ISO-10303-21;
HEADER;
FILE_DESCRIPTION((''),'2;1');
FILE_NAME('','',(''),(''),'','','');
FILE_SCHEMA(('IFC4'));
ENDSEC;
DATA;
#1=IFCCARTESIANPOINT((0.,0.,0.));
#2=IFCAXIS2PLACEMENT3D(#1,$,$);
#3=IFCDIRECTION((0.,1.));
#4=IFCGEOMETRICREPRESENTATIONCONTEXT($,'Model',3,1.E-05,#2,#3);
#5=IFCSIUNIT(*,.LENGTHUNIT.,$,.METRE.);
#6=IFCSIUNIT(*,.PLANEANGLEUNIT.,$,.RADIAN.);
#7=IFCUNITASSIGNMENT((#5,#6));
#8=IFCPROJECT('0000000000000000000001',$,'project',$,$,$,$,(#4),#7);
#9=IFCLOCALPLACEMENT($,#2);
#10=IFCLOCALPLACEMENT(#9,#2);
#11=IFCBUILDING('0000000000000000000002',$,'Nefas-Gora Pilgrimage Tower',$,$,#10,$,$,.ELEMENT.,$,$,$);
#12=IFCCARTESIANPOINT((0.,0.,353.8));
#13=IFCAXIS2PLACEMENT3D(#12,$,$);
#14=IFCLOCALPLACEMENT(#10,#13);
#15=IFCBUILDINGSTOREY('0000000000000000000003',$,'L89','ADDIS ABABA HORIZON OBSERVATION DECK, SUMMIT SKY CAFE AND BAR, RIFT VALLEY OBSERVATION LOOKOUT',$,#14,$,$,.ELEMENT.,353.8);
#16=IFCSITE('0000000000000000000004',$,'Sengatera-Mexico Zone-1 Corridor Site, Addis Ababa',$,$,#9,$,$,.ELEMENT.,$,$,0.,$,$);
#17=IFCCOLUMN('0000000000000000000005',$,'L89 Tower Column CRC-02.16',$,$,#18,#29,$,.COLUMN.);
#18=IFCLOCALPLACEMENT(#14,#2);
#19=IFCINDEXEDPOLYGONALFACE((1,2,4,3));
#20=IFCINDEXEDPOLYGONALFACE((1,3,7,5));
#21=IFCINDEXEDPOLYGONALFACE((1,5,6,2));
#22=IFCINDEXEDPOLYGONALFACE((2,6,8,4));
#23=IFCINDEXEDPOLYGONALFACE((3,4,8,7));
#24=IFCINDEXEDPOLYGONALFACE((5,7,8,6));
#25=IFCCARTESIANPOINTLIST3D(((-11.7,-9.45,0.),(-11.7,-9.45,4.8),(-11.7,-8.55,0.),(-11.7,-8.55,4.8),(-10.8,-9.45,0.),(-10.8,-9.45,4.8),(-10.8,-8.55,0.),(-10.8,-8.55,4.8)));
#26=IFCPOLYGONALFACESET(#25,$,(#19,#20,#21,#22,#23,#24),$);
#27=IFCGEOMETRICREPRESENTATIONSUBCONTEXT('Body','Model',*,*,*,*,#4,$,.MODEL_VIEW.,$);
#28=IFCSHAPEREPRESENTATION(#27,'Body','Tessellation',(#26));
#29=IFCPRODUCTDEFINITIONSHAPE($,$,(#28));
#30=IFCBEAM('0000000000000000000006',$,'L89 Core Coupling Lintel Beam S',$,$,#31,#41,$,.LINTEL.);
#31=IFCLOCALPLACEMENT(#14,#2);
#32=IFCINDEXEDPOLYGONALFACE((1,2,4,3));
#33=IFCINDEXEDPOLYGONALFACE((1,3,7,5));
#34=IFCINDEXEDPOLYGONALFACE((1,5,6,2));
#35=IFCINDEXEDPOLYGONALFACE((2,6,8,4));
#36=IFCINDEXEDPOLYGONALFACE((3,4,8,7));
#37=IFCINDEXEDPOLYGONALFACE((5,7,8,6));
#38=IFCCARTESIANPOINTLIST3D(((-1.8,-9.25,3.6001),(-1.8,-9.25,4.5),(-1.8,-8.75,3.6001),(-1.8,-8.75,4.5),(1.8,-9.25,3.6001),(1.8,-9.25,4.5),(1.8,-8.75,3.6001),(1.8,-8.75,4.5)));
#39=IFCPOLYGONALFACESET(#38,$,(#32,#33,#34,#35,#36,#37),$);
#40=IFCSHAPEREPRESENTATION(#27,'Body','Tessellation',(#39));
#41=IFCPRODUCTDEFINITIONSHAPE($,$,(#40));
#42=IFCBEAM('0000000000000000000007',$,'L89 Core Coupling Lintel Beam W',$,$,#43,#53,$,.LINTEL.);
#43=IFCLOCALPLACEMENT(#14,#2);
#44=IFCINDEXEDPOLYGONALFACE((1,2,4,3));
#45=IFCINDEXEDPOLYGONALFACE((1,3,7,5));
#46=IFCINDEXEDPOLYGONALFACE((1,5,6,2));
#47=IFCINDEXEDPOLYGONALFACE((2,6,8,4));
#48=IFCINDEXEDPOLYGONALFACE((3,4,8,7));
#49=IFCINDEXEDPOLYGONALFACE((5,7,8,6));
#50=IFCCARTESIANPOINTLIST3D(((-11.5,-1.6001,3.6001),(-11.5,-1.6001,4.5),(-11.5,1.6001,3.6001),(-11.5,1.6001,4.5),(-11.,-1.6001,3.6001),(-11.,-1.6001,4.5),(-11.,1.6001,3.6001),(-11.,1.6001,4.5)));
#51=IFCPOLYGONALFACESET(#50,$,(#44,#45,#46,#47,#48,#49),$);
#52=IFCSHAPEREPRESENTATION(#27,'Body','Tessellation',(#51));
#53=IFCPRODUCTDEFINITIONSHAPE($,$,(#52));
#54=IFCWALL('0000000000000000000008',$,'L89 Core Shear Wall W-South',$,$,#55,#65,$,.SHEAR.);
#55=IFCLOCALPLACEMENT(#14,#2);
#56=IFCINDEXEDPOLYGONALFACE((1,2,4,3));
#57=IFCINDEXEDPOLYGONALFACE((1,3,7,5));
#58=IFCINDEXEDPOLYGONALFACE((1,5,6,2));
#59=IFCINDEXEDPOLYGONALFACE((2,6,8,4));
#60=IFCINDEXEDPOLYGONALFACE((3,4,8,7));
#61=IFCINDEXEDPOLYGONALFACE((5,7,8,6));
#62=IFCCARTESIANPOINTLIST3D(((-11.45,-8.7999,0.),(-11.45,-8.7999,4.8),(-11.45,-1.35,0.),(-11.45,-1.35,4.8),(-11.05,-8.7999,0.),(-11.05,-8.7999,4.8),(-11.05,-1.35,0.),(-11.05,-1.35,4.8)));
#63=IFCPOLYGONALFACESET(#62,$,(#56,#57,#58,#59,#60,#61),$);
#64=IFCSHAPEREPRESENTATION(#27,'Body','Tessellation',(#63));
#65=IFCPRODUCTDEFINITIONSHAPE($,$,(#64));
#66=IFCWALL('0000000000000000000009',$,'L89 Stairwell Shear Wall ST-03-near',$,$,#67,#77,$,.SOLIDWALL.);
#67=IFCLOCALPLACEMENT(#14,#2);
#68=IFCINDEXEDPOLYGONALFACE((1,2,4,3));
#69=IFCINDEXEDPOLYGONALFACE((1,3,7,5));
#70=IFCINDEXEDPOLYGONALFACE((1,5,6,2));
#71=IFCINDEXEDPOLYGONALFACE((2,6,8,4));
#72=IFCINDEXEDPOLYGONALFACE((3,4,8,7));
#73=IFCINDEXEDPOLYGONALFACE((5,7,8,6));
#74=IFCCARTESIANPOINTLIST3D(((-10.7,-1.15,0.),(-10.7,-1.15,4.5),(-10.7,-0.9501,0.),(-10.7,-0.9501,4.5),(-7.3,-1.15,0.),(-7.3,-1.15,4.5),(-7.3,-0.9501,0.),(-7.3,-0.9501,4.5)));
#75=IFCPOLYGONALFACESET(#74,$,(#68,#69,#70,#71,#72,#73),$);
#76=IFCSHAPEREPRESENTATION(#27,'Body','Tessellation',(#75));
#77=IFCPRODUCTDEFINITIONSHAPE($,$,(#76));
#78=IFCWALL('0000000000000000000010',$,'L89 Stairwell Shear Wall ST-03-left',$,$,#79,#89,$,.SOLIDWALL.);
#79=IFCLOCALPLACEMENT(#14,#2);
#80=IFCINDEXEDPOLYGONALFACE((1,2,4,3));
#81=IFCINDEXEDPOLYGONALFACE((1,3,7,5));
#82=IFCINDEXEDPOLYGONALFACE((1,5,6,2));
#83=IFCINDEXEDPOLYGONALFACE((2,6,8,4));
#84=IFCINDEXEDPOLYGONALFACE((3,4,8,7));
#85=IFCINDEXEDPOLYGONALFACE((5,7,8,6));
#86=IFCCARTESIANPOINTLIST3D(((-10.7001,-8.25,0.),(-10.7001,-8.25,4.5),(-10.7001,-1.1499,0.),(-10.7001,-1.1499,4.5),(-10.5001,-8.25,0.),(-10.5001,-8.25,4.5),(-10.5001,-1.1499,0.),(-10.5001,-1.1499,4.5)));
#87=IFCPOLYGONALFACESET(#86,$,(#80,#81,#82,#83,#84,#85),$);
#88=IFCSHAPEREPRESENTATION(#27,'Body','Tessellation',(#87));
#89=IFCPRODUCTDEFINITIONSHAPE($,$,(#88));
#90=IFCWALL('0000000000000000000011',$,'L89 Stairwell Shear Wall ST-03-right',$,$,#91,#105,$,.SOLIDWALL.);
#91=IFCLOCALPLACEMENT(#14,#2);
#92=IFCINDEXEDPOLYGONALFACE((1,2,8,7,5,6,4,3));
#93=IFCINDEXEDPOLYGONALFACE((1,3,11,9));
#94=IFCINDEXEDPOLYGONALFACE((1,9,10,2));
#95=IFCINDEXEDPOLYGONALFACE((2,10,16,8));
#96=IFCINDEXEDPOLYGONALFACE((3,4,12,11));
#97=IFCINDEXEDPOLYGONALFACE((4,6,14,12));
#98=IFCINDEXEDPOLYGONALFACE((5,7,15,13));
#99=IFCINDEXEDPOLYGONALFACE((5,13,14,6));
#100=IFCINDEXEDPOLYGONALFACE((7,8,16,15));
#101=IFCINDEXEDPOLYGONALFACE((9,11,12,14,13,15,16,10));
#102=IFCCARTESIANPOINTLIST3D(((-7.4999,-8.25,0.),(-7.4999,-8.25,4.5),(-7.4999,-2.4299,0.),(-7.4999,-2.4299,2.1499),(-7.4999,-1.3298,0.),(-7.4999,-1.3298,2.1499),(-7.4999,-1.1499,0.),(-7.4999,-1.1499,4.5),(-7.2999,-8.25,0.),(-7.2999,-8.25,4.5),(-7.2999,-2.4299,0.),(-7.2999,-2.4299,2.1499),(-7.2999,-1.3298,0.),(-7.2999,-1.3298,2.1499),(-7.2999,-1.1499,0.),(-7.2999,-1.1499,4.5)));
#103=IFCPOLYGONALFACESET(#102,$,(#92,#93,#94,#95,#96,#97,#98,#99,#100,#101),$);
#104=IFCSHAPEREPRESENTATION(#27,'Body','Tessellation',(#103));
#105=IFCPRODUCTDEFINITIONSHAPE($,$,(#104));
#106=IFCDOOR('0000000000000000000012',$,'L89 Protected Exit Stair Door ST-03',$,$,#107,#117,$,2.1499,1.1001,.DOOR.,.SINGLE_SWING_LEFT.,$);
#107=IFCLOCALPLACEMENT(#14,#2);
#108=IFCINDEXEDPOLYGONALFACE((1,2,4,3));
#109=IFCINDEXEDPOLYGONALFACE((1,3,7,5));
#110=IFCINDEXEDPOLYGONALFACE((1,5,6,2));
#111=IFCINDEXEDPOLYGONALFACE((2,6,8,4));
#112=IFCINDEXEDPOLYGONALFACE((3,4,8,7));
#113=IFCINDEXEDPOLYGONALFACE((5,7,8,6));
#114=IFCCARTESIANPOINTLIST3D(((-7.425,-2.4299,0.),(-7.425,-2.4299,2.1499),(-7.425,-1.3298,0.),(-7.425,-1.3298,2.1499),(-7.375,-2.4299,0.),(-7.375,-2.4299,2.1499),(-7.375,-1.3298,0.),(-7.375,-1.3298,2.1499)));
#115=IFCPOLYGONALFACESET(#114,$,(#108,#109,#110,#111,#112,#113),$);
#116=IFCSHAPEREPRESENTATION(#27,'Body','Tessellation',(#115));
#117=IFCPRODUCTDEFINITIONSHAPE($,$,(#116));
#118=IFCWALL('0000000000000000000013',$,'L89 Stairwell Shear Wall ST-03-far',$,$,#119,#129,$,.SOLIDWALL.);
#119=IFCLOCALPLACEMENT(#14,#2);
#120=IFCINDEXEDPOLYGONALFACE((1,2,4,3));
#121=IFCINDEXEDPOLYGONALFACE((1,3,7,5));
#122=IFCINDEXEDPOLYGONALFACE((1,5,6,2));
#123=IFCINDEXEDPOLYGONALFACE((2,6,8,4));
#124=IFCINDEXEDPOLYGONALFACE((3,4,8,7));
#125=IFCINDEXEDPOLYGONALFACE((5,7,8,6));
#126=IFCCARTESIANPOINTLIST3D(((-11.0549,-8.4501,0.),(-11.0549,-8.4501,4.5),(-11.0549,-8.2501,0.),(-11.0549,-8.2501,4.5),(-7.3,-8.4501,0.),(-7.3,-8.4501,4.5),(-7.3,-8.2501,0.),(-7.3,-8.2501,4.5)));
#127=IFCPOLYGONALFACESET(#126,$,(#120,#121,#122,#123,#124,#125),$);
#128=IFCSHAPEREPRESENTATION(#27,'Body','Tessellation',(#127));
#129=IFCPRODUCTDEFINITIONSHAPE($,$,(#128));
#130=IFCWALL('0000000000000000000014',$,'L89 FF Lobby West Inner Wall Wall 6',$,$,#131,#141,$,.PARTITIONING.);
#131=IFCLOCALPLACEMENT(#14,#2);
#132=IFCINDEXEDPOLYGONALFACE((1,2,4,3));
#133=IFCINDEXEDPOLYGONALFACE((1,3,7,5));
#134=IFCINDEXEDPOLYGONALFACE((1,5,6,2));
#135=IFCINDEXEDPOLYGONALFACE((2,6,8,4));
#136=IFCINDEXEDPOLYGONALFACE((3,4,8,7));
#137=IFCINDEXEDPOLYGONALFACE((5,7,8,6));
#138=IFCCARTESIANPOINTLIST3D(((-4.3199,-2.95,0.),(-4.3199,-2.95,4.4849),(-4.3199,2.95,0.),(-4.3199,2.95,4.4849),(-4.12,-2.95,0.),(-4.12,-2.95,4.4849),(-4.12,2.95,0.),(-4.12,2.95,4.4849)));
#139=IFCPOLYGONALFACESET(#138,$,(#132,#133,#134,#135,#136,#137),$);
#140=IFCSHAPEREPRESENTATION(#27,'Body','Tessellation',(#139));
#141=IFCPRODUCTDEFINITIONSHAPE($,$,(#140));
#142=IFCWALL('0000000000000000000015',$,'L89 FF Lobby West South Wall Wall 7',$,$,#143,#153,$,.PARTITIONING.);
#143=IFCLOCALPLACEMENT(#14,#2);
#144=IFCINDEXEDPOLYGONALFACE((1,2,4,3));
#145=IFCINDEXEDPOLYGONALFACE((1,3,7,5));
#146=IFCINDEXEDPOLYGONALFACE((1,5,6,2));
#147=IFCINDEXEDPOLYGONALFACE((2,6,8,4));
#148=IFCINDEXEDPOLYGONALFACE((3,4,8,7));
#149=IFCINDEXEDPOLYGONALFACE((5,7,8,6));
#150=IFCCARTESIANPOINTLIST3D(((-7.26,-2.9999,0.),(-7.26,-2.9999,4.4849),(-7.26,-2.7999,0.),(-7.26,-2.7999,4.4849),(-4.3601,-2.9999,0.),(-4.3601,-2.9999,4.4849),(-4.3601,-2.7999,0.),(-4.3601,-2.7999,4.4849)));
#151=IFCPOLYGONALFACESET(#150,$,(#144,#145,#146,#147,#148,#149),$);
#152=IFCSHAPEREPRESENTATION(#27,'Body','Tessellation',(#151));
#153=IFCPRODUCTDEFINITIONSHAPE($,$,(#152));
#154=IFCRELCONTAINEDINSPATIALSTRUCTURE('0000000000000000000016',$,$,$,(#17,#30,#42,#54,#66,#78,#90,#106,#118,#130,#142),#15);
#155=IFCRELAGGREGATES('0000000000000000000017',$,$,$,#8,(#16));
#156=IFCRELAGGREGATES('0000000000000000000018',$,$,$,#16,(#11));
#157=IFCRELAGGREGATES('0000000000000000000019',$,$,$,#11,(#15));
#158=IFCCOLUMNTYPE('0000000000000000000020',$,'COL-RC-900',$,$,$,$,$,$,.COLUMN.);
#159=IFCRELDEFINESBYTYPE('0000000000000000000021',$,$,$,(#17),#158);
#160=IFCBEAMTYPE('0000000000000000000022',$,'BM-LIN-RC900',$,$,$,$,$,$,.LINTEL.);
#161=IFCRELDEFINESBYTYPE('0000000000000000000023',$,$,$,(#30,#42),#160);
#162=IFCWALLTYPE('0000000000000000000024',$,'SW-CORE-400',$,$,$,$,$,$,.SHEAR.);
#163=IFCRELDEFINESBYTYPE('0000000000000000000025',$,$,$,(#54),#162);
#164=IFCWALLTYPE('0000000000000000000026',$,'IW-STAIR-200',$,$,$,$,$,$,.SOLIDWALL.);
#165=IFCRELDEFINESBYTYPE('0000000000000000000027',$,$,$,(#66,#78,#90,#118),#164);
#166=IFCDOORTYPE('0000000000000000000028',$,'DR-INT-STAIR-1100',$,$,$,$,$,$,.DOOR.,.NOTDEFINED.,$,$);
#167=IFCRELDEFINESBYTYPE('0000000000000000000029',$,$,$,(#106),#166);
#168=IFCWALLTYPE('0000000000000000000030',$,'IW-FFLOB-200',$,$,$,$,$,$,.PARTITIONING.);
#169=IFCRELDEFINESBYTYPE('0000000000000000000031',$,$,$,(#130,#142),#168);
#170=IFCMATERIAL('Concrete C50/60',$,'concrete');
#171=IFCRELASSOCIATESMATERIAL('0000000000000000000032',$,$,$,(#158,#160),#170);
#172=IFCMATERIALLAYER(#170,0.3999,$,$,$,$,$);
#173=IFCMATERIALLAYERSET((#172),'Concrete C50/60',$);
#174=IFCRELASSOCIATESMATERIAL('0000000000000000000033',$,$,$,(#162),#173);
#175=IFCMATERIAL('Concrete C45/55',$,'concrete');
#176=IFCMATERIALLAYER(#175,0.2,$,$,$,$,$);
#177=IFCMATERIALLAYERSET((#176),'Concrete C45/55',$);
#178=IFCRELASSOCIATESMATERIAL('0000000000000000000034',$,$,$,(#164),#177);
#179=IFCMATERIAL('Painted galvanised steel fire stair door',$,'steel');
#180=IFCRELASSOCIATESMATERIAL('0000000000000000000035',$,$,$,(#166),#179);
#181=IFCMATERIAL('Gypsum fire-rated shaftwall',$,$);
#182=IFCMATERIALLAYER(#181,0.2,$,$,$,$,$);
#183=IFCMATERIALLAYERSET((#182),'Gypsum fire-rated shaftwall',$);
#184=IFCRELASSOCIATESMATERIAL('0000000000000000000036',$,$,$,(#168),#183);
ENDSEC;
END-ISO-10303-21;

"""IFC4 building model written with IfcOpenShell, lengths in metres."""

from ifc_helpers import new_model, si_unit, direction, frame, frame_2d, origin, origin_2d, place, context, subcontext, project, spatial, rectangle, extrude, source, transform, mapped, material, layer, layer_set, material_profile, profile_set, type_object, element, fill, save


model = new_model("IFC4")

# Units and contexts
model_context = context("Model", 3, precision=1e-05, world=origin(), true_north=direction((0.0, 1.0)))
body_context = subcontext(model_context, "Body", "Model", "MODEL_VIEW")
ifc_project = project(units=[si_unit("LENGTHUNIT", "METRE"), si_unit("PLANEANGLEUNIT", "RADIAN")], contexts=[model_context])

# Site, building, storey
site_placement = place(None, origin())
site = spatial("IfcSite", under=ifc_project, at=site_placement, Name="Sengatera-Mexico Zone-1 Corridor Site, Addis Ababa", CompositionType="ELEMENT", RefElevation=0.0)
building_placement = place(site_placement, origin())
building = spatial("IfcBuilding", under=site, at=building_placement, Name="Nefas-Gora Pilgrimage Tower", CompositionType="ELEMENT")
storey_placement = place(building_placement, frame((0.0, 0.0, 353.8)))
storey = spatial("IfcBuildingStorey", under=building, at=storey_placement, Name="L89", Description="ADDIS ABABA HORIZON OBSERVATION DECK, SUMMIT SKY CAFE AND BAR, RIFT VALLEY OBSERVATION LOOKOUT", CompositionType="ELEMENT", Elevation=353.8)

# Column
ifc_material_1 = material(Name="Concrete C50/60", Category="concrete")
ifc_material_profile_1 = material_profile(ifc_material_1, rectangle(XDim=0.8999, YDim=0.8999, at=origin_2d()), Name="RC 900x900")
ifc_profile_set_1 = profile_set([ifc_material_profile_1], Name="Concrete C50/60")
column_type = type_object("IfcColumnType", Name="COL-RC-900", PredefinedType="COLUMN", material=ifc_profile_set_1)
shared_shape_1 = source(origin(), body_context, "Body", "SweptSolid", [
    extrude(rectangle(XDim=0.8999, YDim=0.8999, at=origin_2d()), origin(), (0.0, 0.0, 1.0), 4.8),
])
column_placement = place(storey_placement, frame((-11.25, -9.0, 0.0), z_axis=(0.0, 0.0, 1.0), x_axis=(1.0, 0.0, 0.0)))
element("IfcColumn", 1, at=column_placement, inside=storey, type_object=column_type, Name="L89 Tower Column CRC-02.16", PredefinedType="COLUMN", context=body_context, shape_type="MappedRepresentation", body=[
    mapped(shared_shape_1, transform((0.0, 0.0, 0.0), x_axis=(1.0, 0.0, 0.0), y_axis=(0.0, 1.0, 0.0), z_axis=(0.0, 0.0, 1.0), scale=1.0)),
])

# Beams
ifc_material_profile_2 = material_profile(ifc_material_1, rectangle(XDim=0.5, YDim=0.8999, at=origin_2d()), Name="RC 500x900")
ifc_profile_set_2 = profile_set([ifc_material_profile_2], Name="Concrete C50/60")
beam_type = type_object("IfcBeamType", Name="BM-LIN-RC900", PredefinedType="LINTEL", material=ifc_profile_set_2)
shared_shape_2 = source(origin(), body_context, "Body", "SweptSolid", [
    extrude(rectangle(XDim=0.5, YDim=0.8999, at=origin_2d()), origin(), (0.0, 0.0, 1.0), 3.6001),
])
beam_1_placement = place(storey_placement, frame((-1.8, -9.0, 4.05), z_axis=(1.0, 0.0, 0.0), x_axis=(0.0, 1.0, 0.0)))
element("IfcBeam", 2, at=beam_1_placement, inside=storey, type_object=beam_type, Name="L89 Core Coupling Lintel Beam S", PredefinedType="LINTEL", context=body_context, shape_type="MappedRepresentation", body=[
    mapped(shared_shape_2, transform((0.0, 0.0, 0.0), x_axis=(1.0, 0.0, 0.0), y_axis=(0.0, 1.0, 0.0), z_axis=(0.0, 0.0, 1.0), scale=1.0)),
])
shared_shape_3 = source(origin(), body_context, "Body", "SweptSolid", [
    extrude(rectangle(XDim=0.5, YDim=0.8999, at=origin_2d()), origin(), (0.0, 0.0, 1.0), 3.2002),
])
beam_2_placement = place(storey_placement, frame((-11.25, -1.6001, 4.05), z_axis=(0.0, 1.0, 0.0), x_axis=(-1.0, 0.0, 0.0)))
element("IfcBeam", 3, at=beam_2_placement, inside=storey, type_object=beam_type, Name="L89 Core Coupling Lintel Beam W", PredefinedType="LINTEL", context=body_context, shape_type="MappedRepresentation", body=[
    mapped(shared_shape_3, transform((0.0, 0.0, 0.0), x_axis=(1.0, 0.0, 0.0), y_axis=(0.0, 1.0, 0.0), z_axis=(0.0, 0.0, 1.0), scale=1.0)),
])

# Walls
ifc_layer_1 = layer(ifc_material_1, 0.3999)
ifc_layer_set_1 = layer_set([ifc_layer_1], Name="Concrete C50/60")
wall_type_1 = type_object("IfcWallType", Name="SW-CORE-400", PredefinedType="SHEAR", material=ifc_layer_set_1)
shared_shape_4 = source(origin(), body_context, "Body", "SweptSolid", [
    extrude(rectangle(XDim=7.45, YDim=0.3999, at=frame_2d((3.7251, 0.0))), origin(), (0.0, 0.0, 1.0), 4.8),
])
wall_1_placement = place(storey_placement, frame((-11.25, -8.8, 0.0), z_axis=(0.0, 0.0, 1.0), x_axis=(0.0, 1.0, 0.0)))
element("IfcWall", 4, at=wall_1_placement, inside=storey, type_object=wall_type_1, Name="L89 Core Shear Wall W-South", PredefinedType="SHEAR", context=body_context, shape_type="MappedRepresentation", body=[
    mapped(shared_shape_4, transform((0.0, 0.0, 0.0), x_axis=(1.0, 0.0, 0.0), y_axis=(0.0, 1.0, 0.0), z_axis=(0.0, 0.0, 1.0), scale=1.0)),
])
ifc_material_2 = material(Name="Concrete C45/55", Category="concrete")
ifc_layer_2 = layer(ifc_material_2, 0.2)
ifc_layer_set_2 = layer_set([ifc_layer_2], Name="Concrete C45/55")
wall_type_2 = type_object("IfcWallType", Name="IW-STAIR-200", PredefinedType="SOLIDWALL", material=ifc_layer_set_2)
shared_shape_5 = source(origin(), body_context, "Body", "SweptSolid", [
    extrude(rectangle(XDim=3.3999, YDim=0.2, at=frame_2d((1.7, 0.0))), origin(), (0.0, 0.0, 1.0), 4.5),
])
wall_2_placement = place(storey_placement, frame((-10.7, -1.05, 0.0), z_axis=(0.0, 0.0, 1.0), x_axis=(1.0, 0.0, 0.0)))
element("IfcWall", 5, at=wall_2_placement, inside=storey, type_object=wall_type_2, Name="L89 Stairwell Shear Wall ST-03-near", PredefinedType="SOLIDWALL", context=body_context, shape_type="MappedRepresentation", body=[
    mapped(shared_shape_5, transform((0.0, 0.0, 0.0), x_axis=(1.0, 0.0, 0.0), y_axis=(0.0, 1.0, 0.0), z_axis=(0.0, 0.0, 1.0), scale=1.0)),
])
shared_shape_6 = source(origin(), body_context, "Body", "SweptSolid", [
    extrude(rectangle(XDim=7.1001, YDim=0.2, at=frame_2d((3.55, 0.0))), origin(), (0.0, 0.0, 1.0), 4.5),
])
wall_3_placement = place(storey_placement, frame((-10.6001, -1.1499, 0.0), z_axis=(0.0, 0.0, 1.0), x_axis=(0.0, -1.0, 0.0)))
element("IfcWall", 6, at=wall_3_placement, inside=storey, type_object=wall_type_2, Name="L89 Stairwell Shear Wall ST-03-left", PredefinedType="SOLIDWALL", context=body_context, shape_type="MappedRepresentation", body=[
    mapped(shared_shape_6, transform((0.0, 0.0, 0.0), x_axis=(1.0, 0.0, 0.0), y_axis=(0.0, 1.0, 0.0), z_axis=(0.0, 0.0, 1.0), scale=1.0)),
])

# Wall, opening, door
wall_4_placement = place(storey_placement, frame((-7.3999, -1.1499, 0.0), z_axis=(0.0, 0.0, 1.0), x_axis=(0.0, -1.0, 0.0)))
wall_4 = element("IfcWall", 7, at=wall_4_placement, inside=storey, type_object=wall_type_2, Name="L89 Stairwell Shear Wall ST-03-right", PredefinedType="SOLIDWALL", context=body_context, shape_type="MappedRepresentation", body=[
    mapped(shared_shape_6, transform((0.0, 0.0, 0.0), x_axis=(1.0, 0.0, 0.0), y_axis=(0.0, 1.0, 0.0), z_axis=(0.0, 0.0, 1.0), scale=1.0)),
])
opening_1_placement = place(wall_4_placement, frame((0.1799, 0.0, 0.0)))
opening_1 = element("IfcOpeningElement", 8, at=opening_1_placement, cuts=wall_4, PredefinedType="OPENING", context=body_context, shape_type="SweptSolid", body=[
    extrude(rectangle(XDim=1.1001, YDim=2.1499, at=frame_2d((0.55, 1.075))), frame((0.0, 0.1099, 0.0), z_axis=(0.0, -1.0, 0.0), x_axis=(1.0, 0.0, 0.0)), (0.0, 0.0, 1.0), 0.22),
])
ifc_material_3 = material(Name="Painted galvanised steel fire stair door", Category="steel")
door_type_1 = type_object("IfcDoorType", Name="DR-INT-STAIR-1100", OperationType="NOTDEFINED", PredefinedType="DOOR", material=ifc_material_3)
shared_shape_7 = source(origin(), body_context, "Body", "SweptSolid", [
    extrude(rectangle(XDim=1.1001, YDim=2.1499, at=frame_2d((0.55, 1.075))), frame((0.0, 0.0249, 0.0), z_axis=(0.0, -1.0, 0.0), x_axis=(1.0, 0.0, 0.0)), (0.0, 0.0, 1.0), 0.05),
])
door_1_placement = place(opening_1_placement, origin())
door_1 = element("IfcDoor", 9, at=door_1_placement, inside=storey, type_object=door_type_1, Name="L89 Protected Exit Stair Door ST-03", OperationType="SINGLE_SWING_LEFT", OverallHeight=2.1499, OverallWidth=1.1001, PredefinedType="DOOR", context=body_context, shape_type="MappedRepresentation", body=[
    mapped(shared_shape_7, transform((0.0, 0.0, 0.0), x_axis=(1.0, 0.0, 0.0), y_axis=(0.0, 1.0, 0.0), z_axis=(0.0, 0.0, 1.0), scale=1.0)),
])
fill(opening_1, door_1)

# Walls
shared_shape_8 = source(origin(), body_context, "Body", "SweptSolid", [
    extrude(rectangle(XDim=3.7549, YDim=0.2, at=frame_2d((1.8774, 0.0))), origin(), (0.0, 0.0, 1.0), 4.5),
])
wall_5_placement = place(storey_placement, frame((-11.0549, -8.3501, 0.0), z_axis=(0.0, 0.0, 1.0), x_axis=(1.0, 0.0, 0.0)))
element("IfcWall", 10, at=wall_5_placement, inside=storey, type_object=wall_type_2, Name="L89 Stairwell Shear Wall ST-03-far", PredefinedType="SOLIDWALL", context=body_context, shape_type="MappedRepresentation", body=[
    mapped(shared_shape_8, transform((0.0, 0.0, 0.0), x_axis=(1.0, 0.0, 0.0), y_axis=(0.0, 1.0, 0.0), z_axis=(0.0, 0.0, 1.0), scale=1.0)),
])
ifc_material_4 = material(Name="Gypsum fire-rated shaftwall")
ifc_layer_3 = layer(ifc_material_4, 0.2)
ifc_layer_set_3 = layer_set([ifc_layer_3], Name="Gypsum fire-rated shaftwall")
wall_type_3 = type_object("IfcWallType", Name="IW-FFLOB-200", PredefinedType="PARTITIONING", material=ifc_layer_set_3)
shared_shape_9 = source(origin(), body_context, "Body", "SweptSolid", [
    extrude(rectangle(XDim=5.8999, YDim=0.2, at=frame_2d((2.95, 0.0))), origin(), (0.0, 0.0, 1.0), 4.4849),
])
wall_6_placement = place(storey_placement, frame((-4.22, -2.95, 0.0), z_axis=(0.0, 0.0, 1.0), x_axis=(0.0, 1.0, 0.0)))
element("IfcWall", 11, at=wall_6_placement, inside=storey, type_object=wall_type_3, Name="L89 FF Lobby West Inner Wall Wall 6", PredefinedType="PARTITIONING", context=body_context, shape_type="MappedRepresentation", body=[
    mapped(shared_shape_9, transform((0.0, 0.0, 0.0), x_axis=(1.0, 0.0, 0.0), y_axis=(0.0, 1.0, 0.0), z_axis=(0.0, 0.0, 1.0), scale=1.0)),
])
shared_shape_10 = source(origin(), body_context, "Body", "SweptSolid", [
    extrude(rectangle(XDim=2.8999, YDim=0.2, at=frame_2d((1.45, 0.0))), origin(), (0.0, 0.0, 1.0), 4.4849),
])
wall_7_placement = place(storey_placement, frame((-7.26, -2.8999, 0.0), z_axis=(0.0, 0.0, 1.0), x_axis=(1.0, 0.0, 0.0)))
element("IfcWall", 12, at=wall_7_placement, inside=storey, type_object=wall_type_3, Name="L89 FF Lobby West South Wall Wall 7", PredefinedType="PARTITIONING", context=body_context, shape_type="MappedRepresentation", body=[
    mapped(shared_shape_10, transform((0.0, 0.0, 0.0), x_axis=(1.0, 0.0, 0.0), y_axis=(0.0, 1.0, 0.0), z_axis=(0.0, 0.0, 1.0), scale=1.0)),
])

save(model, "model.ifc")
